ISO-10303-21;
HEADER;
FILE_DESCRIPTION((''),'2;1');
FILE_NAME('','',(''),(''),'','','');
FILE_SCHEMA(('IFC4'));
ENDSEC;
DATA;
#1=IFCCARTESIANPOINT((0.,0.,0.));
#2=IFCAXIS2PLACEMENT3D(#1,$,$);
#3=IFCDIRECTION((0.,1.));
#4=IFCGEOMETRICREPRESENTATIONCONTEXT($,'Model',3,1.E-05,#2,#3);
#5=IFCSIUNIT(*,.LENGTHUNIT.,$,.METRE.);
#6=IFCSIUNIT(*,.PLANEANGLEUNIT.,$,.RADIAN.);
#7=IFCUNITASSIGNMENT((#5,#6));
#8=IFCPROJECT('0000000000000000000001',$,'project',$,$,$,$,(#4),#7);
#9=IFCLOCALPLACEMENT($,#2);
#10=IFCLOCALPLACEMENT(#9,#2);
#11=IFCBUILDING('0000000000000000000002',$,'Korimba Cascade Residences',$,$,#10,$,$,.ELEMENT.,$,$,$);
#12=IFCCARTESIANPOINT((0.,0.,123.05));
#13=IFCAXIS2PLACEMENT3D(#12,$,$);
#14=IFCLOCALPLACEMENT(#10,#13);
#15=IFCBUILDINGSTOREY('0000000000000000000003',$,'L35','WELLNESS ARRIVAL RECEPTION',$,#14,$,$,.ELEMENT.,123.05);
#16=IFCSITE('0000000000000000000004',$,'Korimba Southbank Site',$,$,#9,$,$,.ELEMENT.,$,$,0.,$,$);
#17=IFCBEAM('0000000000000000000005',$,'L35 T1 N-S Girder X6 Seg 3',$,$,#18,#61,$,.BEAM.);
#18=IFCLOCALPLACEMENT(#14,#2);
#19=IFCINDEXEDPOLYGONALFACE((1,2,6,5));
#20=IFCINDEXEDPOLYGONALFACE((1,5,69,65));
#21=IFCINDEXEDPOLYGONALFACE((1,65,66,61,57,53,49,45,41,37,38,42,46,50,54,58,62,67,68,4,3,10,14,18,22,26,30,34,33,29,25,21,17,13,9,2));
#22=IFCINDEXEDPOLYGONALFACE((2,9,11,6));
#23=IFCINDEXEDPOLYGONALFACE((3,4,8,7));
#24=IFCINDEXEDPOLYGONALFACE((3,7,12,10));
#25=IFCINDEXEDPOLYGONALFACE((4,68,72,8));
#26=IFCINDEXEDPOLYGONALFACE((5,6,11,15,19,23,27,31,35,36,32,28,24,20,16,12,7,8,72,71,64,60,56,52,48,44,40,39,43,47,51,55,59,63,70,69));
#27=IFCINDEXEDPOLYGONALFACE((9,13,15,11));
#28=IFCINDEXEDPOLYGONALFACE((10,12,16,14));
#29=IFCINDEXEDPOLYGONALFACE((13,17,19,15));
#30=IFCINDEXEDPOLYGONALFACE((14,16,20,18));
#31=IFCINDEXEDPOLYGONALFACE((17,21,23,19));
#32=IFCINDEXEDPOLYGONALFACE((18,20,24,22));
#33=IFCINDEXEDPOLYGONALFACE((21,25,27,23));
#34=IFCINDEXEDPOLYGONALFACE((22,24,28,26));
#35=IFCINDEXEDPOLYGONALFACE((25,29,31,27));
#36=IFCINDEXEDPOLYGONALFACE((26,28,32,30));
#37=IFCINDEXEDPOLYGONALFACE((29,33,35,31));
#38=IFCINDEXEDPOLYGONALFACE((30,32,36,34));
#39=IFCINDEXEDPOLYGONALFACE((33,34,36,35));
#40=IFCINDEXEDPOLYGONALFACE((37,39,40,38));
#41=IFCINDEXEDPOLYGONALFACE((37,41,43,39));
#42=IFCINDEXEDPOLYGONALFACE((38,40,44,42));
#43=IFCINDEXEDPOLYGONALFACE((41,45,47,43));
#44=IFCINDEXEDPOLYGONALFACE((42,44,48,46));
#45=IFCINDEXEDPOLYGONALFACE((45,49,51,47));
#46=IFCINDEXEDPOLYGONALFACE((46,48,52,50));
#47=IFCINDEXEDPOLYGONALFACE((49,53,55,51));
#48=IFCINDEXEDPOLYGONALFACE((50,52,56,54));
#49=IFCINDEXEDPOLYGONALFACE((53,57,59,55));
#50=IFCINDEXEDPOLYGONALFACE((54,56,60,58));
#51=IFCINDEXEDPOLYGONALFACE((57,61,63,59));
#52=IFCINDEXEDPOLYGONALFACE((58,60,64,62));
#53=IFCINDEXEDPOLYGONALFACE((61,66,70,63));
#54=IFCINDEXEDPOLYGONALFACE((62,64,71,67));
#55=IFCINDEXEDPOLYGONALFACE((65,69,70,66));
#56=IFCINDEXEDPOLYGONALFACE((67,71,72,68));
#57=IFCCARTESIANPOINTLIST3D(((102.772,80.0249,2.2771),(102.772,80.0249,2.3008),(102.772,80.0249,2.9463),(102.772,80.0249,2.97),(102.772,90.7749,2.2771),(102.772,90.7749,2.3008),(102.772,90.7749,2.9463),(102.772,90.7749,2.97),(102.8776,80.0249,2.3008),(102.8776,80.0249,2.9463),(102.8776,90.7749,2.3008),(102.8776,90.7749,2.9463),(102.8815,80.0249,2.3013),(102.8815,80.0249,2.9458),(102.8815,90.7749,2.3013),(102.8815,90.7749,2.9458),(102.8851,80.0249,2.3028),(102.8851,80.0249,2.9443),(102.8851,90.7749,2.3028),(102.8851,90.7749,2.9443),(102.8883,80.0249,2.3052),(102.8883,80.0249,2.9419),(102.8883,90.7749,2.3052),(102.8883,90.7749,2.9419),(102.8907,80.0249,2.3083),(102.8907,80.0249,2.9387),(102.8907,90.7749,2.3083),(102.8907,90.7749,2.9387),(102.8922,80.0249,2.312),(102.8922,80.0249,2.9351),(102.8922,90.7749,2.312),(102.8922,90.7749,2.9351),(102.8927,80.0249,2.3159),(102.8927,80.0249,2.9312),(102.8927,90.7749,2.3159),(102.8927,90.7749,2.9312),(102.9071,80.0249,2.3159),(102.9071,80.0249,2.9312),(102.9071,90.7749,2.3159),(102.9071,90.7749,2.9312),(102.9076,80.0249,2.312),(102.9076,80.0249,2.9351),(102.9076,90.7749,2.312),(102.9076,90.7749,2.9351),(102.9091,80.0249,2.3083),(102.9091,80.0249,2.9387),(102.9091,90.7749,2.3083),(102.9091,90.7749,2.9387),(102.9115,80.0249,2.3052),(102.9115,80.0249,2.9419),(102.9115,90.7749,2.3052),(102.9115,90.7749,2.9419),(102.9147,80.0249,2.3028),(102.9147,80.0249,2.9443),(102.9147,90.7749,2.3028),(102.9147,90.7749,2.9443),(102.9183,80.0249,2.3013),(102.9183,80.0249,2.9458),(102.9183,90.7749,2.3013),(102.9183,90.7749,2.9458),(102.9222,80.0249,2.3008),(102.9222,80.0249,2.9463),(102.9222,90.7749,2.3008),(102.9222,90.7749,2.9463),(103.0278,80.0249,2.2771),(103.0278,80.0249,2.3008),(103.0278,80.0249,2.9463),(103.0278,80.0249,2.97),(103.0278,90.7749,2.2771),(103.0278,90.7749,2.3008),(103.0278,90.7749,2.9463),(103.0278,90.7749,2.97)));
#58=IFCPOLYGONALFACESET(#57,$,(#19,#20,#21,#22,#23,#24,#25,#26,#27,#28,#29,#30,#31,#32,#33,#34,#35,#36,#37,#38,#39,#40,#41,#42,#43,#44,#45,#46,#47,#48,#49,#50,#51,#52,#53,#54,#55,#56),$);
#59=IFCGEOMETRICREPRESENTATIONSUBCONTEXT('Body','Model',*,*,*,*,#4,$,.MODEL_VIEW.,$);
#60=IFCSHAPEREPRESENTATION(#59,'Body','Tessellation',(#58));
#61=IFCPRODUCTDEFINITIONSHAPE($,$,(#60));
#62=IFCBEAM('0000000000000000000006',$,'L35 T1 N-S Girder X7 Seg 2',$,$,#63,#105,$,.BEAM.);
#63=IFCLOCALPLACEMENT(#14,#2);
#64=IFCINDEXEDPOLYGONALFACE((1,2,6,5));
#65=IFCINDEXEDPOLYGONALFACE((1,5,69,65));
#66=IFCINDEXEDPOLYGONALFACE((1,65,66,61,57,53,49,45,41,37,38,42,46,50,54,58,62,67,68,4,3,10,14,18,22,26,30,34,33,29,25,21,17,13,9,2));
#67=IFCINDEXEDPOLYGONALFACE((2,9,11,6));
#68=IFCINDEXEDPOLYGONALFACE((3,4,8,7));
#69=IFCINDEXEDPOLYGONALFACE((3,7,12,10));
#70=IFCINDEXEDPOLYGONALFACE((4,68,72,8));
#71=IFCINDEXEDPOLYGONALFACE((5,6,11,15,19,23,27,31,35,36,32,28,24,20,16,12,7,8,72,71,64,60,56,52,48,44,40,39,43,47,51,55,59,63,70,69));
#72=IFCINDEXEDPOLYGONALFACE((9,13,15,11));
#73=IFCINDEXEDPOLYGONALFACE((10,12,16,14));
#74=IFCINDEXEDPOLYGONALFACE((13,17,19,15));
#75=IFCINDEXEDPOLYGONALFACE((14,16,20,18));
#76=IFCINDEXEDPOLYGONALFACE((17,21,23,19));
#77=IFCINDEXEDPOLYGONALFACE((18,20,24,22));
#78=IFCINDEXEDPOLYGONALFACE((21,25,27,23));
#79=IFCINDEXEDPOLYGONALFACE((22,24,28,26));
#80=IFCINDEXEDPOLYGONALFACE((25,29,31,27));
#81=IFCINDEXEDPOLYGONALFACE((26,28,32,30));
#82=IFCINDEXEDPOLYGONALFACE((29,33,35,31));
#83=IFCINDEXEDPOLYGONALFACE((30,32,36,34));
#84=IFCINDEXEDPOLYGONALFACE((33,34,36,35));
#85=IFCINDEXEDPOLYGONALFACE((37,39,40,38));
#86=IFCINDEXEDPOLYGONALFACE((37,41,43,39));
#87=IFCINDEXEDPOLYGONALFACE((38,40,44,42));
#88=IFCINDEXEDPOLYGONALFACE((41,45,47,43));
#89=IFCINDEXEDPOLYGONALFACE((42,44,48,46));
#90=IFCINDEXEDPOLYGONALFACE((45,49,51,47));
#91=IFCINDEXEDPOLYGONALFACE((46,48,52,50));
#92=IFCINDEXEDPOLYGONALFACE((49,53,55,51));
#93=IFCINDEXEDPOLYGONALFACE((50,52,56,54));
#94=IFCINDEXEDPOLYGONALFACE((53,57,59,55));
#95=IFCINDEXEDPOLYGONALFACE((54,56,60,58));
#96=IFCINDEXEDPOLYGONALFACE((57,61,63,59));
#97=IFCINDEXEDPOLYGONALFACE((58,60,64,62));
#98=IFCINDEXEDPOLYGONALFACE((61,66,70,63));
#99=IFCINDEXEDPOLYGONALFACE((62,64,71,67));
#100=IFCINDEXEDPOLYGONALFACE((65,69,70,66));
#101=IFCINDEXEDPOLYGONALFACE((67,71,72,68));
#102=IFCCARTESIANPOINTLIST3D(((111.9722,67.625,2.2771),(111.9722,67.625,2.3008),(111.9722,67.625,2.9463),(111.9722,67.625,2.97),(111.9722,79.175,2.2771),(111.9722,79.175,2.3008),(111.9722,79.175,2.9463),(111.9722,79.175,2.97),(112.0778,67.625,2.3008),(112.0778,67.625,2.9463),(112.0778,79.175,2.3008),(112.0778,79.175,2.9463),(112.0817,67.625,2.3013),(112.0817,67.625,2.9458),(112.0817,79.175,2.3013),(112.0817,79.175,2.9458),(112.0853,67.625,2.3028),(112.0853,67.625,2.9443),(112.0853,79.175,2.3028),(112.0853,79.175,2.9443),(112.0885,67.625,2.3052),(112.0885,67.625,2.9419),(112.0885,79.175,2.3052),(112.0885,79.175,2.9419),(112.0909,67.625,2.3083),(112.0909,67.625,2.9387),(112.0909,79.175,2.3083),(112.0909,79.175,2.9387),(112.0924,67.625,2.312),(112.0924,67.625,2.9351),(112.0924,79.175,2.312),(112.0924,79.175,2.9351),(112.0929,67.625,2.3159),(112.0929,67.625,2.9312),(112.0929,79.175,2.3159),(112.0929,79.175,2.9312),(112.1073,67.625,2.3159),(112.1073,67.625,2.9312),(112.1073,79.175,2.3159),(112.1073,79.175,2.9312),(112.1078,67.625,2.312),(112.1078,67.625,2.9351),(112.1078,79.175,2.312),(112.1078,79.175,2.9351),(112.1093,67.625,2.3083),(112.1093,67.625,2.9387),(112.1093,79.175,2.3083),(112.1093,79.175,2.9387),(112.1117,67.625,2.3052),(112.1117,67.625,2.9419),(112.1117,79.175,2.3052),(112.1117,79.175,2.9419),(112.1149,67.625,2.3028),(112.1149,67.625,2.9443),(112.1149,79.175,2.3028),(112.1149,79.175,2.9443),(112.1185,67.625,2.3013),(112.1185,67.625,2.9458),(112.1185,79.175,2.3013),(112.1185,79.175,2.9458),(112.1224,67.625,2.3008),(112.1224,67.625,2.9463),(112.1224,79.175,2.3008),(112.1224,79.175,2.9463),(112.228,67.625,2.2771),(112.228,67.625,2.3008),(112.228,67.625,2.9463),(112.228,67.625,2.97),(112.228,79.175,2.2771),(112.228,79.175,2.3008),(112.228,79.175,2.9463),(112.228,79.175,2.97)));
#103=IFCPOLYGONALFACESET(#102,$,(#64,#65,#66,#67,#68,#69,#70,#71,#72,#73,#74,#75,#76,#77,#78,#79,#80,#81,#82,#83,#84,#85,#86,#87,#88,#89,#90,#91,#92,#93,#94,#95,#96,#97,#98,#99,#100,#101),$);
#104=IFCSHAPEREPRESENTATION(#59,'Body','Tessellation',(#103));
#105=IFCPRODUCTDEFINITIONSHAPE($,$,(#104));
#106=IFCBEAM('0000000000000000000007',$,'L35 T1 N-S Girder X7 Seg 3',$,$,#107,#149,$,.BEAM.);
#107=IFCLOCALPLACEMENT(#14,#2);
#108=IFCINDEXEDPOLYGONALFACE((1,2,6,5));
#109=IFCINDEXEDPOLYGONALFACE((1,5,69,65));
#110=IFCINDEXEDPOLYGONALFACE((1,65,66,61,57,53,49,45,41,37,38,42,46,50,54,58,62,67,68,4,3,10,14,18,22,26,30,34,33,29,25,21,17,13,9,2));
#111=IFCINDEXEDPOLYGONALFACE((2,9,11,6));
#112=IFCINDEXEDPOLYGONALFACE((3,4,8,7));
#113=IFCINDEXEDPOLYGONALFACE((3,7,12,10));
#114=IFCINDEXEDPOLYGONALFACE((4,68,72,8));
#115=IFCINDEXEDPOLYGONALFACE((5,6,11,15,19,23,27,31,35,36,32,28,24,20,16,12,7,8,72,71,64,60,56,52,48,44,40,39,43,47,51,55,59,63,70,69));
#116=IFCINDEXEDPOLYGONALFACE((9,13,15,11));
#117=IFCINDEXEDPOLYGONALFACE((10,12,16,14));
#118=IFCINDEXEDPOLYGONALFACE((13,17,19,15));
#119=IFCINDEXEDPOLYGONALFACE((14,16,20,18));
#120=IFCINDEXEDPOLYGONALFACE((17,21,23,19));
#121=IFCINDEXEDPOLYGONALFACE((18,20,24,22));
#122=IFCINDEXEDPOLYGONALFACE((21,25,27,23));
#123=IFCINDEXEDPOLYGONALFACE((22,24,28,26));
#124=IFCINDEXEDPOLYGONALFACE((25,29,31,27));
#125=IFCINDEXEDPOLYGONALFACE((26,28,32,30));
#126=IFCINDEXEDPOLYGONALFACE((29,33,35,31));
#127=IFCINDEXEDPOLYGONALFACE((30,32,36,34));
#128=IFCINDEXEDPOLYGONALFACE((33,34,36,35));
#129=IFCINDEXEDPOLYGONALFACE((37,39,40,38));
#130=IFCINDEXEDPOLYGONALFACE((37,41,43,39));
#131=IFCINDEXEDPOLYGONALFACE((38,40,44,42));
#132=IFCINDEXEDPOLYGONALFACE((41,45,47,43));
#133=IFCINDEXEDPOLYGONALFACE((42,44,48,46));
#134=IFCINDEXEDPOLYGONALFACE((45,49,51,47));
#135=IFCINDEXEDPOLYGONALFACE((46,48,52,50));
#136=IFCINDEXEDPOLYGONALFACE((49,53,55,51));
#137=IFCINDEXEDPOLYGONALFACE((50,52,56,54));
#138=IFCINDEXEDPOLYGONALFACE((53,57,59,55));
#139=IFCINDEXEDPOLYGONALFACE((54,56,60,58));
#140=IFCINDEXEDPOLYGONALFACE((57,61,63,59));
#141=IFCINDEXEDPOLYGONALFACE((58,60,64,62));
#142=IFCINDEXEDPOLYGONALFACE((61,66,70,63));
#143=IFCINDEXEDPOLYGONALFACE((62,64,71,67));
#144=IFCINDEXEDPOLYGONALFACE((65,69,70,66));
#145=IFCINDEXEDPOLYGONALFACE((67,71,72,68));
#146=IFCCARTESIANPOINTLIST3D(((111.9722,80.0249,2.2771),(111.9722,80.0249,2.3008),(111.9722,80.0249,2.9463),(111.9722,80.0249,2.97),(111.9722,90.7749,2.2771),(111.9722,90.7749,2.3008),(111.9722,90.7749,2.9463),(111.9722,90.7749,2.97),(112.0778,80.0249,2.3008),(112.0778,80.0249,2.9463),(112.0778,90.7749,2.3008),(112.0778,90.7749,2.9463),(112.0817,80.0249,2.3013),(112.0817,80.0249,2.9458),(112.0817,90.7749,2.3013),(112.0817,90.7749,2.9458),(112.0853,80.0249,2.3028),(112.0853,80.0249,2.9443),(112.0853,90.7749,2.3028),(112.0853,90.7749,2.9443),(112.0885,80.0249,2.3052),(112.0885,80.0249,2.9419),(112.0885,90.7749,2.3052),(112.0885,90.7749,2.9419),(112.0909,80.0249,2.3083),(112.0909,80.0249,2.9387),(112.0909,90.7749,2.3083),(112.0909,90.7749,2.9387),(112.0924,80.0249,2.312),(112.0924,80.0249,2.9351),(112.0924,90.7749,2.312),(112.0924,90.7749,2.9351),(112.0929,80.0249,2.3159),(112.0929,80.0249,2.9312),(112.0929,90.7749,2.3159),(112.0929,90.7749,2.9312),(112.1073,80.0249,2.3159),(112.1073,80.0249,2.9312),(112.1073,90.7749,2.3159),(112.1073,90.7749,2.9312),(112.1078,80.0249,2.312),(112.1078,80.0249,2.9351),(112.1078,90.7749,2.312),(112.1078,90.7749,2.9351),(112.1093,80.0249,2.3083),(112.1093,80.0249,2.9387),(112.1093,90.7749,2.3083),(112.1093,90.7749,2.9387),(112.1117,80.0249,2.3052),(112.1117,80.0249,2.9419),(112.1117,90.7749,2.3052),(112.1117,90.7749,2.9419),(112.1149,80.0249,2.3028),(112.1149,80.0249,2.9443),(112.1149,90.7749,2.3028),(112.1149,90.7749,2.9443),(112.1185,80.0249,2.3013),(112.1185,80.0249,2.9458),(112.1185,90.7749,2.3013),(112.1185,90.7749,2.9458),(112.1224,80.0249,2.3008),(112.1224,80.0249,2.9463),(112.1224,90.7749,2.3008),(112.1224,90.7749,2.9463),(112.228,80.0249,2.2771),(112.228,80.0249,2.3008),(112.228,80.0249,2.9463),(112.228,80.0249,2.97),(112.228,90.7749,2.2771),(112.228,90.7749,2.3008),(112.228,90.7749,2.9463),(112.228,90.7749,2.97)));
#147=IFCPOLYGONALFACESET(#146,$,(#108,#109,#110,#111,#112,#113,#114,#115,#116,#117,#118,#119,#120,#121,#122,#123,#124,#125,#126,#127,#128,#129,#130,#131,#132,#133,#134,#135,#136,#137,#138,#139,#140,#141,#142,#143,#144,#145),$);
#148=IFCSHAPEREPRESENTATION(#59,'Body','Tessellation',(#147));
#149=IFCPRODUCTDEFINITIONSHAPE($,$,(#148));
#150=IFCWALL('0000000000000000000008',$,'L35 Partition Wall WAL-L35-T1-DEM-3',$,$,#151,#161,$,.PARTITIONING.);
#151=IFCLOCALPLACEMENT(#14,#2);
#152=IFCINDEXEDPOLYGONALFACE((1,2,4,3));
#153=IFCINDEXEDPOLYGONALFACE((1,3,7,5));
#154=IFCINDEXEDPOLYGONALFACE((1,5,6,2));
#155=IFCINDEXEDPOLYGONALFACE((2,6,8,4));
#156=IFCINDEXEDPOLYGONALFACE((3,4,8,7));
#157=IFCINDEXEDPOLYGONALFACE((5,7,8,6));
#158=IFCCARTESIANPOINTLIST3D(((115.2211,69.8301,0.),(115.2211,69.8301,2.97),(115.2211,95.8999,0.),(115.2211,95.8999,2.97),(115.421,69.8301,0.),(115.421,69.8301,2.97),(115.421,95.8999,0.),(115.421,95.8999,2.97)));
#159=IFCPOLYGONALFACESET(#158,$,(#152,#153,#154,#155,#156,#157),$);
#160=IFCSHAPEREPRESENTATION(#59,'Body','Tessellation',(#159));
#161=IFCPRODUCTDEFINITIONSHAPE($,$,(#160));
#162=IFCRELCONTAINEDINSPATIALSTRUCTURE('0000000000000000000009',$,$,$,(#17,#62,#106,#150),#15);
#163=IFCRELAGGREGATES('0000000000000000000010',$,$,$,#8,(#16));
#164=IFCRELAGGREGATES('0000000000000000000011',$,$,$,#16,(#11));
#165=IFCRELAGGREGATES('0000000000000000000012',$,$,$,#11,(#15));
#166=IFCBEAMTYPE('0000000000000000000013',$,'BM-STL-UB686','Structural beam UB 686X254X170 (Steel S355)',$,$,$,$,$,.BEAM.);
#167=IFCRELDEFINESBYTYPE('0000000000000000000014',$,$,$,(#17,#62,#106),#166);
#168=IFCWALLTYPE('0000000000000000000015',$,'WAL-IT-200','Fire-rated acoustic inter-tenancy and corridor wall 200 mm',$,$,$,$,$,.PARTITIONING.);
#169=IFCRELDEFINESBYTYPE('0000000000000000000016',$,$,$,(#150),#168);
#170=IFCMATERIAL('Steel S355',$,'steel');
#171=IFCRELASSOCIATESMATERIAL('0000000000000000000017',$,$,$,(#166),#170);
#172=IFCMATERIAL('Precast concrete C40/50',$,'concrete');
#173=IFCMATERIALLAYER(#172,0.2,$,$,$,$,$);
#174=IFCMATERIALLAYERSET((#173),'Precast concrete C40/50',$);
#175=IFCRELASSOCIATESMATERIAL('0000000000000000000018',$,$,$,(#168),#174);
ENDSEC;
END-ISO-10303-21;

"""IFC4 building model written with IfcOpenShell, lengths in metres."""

from ifc_helpers import new_model, si_unit, direction, frame, frame_2d, origin, origin_2d, place, context, subcontext, project, spatial, rectangle, i_section, extrude, material, layer, layer_set, material_profile, profile_set, type_object, element, save


model = new_model("IFC4")

# Units and contexts
model_context = context("Model", 3, precision=1e-05, world=origin(), true_north=direction((0.0, 1.0)))
body_context = subcontext(model_context, "Body", "Model", "MODEL_VIEW")
ifc_project = project(units=[si_unit("LENGTHUNIT", "METRE"), si_unit("PLANEANGLEUNIT", "RADIAN")], contexts=[model_context])

# Site, building, storey
site_placement = place(None, origin())
site = spatial("IfcSite", under=ifc_project, at=site_placement, Name="Korimba Southbank Site", CompositionType="ELEMENT", RefElevation=0.0)
building_placement = place(site_placement, origin())
building = spatial("IfcBuilding", under=site, at=building_placement, Name="Korimba Cascade Residences", CompositionType="ELEMENT")
storey_placement = place(building_placement, frame((0.0, 0.0, 123.05)))
storey = spatial("IfcBuildingStorey", under=building, at=storey_placement, Name="L35", Description="WELLNESS ARRIVAL RECEPTION", CompositionType="ELEMENT", Elevation=123.05)

# Beams
ifc_material_1 = material(Name="Steel S355", Category="steel")
ifc_material_profile_1 = material_profile(ifc_material_1, i_section(OverallWidth=0.2559, OverallDepth=0.6929, WebThickness=0.0144, FlangeThickness=0.0237, FilletRadius=0.0151, at=origin_2d()), Name="Steel S355")
ifc_profile_set_1 = profile_set([ifc_material_profile_1], Name="Steel S355")
beam_type_1 = type_object("IfcBeamType", Name="BM-STL-UB686", Description="Structural beam UB 686X254X170 (Steel S355)", PredefinedType="BEAM", material=ifc_profile_set_1)
beam_1_placement = place(storey_placement, frame((102.8999, 80.0249, 2.6235), z_axis=(0.0, 1.0, 0.0), x_axis=(-1.0, 0.0, 0.0)))
element("IfcBeam", 1, at=beam_1_placement, inside=storey, type_object=beam_type_1, Name="L35 T1 N-S Girder X6 Seg 3", PredefinedType="BEAM", context=body_context, shape_type="SweptSolid", body=[
    extrude(i_section(OverallWidth=0.2559, OverallDepth=0.6929, WebThickness=0.0144, FlangeThickness=0.0237, FilletRadius=0.0151, at=origin_2d()), origin(), (0.0, 0.0, 1.0), 10.75),
])
beam_2_placement = place(storey_placement, frame((112.1001, 67.625, 2.6235), z_axis=(0.0, 1.0, 0.0), x_axis=(-1.0, 0.0, 0.0)))
element("IfcBeam", 2, at=beam_2_placement, inside=storey, type_object=beam_type_1, Name="L35 T1 N-S Girder X7 Seg 2", PredefinedType="BEAM", context=body_context, shape_type="SweptSolid", body=[
    extrude(i_section(OverallWidth=0.2559, OverallDepth=0.6929, WebThickness=0.0144, FlangeThickness=0.0237, FilletRadius=0.0151, at=origin_2d()), origin(), (0.0, 0.0, 1.0), 11.55),
])
beam_3_placement = place(storey_placement, frame((112.1001, 80.0249, 2.6235), z_axis=(0.0, 1.0, 0.0), x_axis=(-1.0, 0.0, 0.0)))
element("IfcBeam", 3, at=beam_3_placement, inside=storey, type_object=beam_type_1, Name="L35 T1 N-S Girder X7 Seg 3", PredefinedType="BEAM", context=body_context, shape_type="SweptSolid", body=[
    extrude(i_section(OverallWidth=0.2559, OverallDepth=0.6929, WebThickness=0.0144, FlangeThickness=0.0237, FilletRadius=0.0151, at=origin_2d()), origin(), (0.0, 0.0, 1.0), 10.75),
])

# Wall
ifc_material_2 = material(Name="Precast concrete C40/50", Category="concrete")
ifc_layer_1 = layer(ifc_material_2, 0.2)
ifc_layer_set_1 = layer_set([ifc_layer_1], Name="Precast concrete C40/50")
wall_type_1 = type_object("IfcWallType", Name="WAL-IT-200", Description="Fire-rated acoustic inter-tenancy and corridor wall 200 mm", PredefinedType="PARTITIONING", material=ifc_layer_set_1)
wall_1_placement = place(storey_placement, frame((115.321, 69.8301, 0.0), z_axis=(0.0, 0.0, 1.0), x_axis=(0.0, 1.0, 0.0)))
element("IfcWall", 4, at=wall_1_placement, inside=storey, type_object=wall_type_1, Name="L35 Partition Wall WAL-L35-T1-DEM-3", PredefinedType="PARTITIONING", context=body_context, shape_type="SweptSolid", body=[
    extrude(rectangle(XDim=26.0698, YDim=0.2, at=frame_2d((13.0349, 0.0))), origin(), (0.0, 0.0, 1.0), 2.97),
])

save(model, "model.ifc")
